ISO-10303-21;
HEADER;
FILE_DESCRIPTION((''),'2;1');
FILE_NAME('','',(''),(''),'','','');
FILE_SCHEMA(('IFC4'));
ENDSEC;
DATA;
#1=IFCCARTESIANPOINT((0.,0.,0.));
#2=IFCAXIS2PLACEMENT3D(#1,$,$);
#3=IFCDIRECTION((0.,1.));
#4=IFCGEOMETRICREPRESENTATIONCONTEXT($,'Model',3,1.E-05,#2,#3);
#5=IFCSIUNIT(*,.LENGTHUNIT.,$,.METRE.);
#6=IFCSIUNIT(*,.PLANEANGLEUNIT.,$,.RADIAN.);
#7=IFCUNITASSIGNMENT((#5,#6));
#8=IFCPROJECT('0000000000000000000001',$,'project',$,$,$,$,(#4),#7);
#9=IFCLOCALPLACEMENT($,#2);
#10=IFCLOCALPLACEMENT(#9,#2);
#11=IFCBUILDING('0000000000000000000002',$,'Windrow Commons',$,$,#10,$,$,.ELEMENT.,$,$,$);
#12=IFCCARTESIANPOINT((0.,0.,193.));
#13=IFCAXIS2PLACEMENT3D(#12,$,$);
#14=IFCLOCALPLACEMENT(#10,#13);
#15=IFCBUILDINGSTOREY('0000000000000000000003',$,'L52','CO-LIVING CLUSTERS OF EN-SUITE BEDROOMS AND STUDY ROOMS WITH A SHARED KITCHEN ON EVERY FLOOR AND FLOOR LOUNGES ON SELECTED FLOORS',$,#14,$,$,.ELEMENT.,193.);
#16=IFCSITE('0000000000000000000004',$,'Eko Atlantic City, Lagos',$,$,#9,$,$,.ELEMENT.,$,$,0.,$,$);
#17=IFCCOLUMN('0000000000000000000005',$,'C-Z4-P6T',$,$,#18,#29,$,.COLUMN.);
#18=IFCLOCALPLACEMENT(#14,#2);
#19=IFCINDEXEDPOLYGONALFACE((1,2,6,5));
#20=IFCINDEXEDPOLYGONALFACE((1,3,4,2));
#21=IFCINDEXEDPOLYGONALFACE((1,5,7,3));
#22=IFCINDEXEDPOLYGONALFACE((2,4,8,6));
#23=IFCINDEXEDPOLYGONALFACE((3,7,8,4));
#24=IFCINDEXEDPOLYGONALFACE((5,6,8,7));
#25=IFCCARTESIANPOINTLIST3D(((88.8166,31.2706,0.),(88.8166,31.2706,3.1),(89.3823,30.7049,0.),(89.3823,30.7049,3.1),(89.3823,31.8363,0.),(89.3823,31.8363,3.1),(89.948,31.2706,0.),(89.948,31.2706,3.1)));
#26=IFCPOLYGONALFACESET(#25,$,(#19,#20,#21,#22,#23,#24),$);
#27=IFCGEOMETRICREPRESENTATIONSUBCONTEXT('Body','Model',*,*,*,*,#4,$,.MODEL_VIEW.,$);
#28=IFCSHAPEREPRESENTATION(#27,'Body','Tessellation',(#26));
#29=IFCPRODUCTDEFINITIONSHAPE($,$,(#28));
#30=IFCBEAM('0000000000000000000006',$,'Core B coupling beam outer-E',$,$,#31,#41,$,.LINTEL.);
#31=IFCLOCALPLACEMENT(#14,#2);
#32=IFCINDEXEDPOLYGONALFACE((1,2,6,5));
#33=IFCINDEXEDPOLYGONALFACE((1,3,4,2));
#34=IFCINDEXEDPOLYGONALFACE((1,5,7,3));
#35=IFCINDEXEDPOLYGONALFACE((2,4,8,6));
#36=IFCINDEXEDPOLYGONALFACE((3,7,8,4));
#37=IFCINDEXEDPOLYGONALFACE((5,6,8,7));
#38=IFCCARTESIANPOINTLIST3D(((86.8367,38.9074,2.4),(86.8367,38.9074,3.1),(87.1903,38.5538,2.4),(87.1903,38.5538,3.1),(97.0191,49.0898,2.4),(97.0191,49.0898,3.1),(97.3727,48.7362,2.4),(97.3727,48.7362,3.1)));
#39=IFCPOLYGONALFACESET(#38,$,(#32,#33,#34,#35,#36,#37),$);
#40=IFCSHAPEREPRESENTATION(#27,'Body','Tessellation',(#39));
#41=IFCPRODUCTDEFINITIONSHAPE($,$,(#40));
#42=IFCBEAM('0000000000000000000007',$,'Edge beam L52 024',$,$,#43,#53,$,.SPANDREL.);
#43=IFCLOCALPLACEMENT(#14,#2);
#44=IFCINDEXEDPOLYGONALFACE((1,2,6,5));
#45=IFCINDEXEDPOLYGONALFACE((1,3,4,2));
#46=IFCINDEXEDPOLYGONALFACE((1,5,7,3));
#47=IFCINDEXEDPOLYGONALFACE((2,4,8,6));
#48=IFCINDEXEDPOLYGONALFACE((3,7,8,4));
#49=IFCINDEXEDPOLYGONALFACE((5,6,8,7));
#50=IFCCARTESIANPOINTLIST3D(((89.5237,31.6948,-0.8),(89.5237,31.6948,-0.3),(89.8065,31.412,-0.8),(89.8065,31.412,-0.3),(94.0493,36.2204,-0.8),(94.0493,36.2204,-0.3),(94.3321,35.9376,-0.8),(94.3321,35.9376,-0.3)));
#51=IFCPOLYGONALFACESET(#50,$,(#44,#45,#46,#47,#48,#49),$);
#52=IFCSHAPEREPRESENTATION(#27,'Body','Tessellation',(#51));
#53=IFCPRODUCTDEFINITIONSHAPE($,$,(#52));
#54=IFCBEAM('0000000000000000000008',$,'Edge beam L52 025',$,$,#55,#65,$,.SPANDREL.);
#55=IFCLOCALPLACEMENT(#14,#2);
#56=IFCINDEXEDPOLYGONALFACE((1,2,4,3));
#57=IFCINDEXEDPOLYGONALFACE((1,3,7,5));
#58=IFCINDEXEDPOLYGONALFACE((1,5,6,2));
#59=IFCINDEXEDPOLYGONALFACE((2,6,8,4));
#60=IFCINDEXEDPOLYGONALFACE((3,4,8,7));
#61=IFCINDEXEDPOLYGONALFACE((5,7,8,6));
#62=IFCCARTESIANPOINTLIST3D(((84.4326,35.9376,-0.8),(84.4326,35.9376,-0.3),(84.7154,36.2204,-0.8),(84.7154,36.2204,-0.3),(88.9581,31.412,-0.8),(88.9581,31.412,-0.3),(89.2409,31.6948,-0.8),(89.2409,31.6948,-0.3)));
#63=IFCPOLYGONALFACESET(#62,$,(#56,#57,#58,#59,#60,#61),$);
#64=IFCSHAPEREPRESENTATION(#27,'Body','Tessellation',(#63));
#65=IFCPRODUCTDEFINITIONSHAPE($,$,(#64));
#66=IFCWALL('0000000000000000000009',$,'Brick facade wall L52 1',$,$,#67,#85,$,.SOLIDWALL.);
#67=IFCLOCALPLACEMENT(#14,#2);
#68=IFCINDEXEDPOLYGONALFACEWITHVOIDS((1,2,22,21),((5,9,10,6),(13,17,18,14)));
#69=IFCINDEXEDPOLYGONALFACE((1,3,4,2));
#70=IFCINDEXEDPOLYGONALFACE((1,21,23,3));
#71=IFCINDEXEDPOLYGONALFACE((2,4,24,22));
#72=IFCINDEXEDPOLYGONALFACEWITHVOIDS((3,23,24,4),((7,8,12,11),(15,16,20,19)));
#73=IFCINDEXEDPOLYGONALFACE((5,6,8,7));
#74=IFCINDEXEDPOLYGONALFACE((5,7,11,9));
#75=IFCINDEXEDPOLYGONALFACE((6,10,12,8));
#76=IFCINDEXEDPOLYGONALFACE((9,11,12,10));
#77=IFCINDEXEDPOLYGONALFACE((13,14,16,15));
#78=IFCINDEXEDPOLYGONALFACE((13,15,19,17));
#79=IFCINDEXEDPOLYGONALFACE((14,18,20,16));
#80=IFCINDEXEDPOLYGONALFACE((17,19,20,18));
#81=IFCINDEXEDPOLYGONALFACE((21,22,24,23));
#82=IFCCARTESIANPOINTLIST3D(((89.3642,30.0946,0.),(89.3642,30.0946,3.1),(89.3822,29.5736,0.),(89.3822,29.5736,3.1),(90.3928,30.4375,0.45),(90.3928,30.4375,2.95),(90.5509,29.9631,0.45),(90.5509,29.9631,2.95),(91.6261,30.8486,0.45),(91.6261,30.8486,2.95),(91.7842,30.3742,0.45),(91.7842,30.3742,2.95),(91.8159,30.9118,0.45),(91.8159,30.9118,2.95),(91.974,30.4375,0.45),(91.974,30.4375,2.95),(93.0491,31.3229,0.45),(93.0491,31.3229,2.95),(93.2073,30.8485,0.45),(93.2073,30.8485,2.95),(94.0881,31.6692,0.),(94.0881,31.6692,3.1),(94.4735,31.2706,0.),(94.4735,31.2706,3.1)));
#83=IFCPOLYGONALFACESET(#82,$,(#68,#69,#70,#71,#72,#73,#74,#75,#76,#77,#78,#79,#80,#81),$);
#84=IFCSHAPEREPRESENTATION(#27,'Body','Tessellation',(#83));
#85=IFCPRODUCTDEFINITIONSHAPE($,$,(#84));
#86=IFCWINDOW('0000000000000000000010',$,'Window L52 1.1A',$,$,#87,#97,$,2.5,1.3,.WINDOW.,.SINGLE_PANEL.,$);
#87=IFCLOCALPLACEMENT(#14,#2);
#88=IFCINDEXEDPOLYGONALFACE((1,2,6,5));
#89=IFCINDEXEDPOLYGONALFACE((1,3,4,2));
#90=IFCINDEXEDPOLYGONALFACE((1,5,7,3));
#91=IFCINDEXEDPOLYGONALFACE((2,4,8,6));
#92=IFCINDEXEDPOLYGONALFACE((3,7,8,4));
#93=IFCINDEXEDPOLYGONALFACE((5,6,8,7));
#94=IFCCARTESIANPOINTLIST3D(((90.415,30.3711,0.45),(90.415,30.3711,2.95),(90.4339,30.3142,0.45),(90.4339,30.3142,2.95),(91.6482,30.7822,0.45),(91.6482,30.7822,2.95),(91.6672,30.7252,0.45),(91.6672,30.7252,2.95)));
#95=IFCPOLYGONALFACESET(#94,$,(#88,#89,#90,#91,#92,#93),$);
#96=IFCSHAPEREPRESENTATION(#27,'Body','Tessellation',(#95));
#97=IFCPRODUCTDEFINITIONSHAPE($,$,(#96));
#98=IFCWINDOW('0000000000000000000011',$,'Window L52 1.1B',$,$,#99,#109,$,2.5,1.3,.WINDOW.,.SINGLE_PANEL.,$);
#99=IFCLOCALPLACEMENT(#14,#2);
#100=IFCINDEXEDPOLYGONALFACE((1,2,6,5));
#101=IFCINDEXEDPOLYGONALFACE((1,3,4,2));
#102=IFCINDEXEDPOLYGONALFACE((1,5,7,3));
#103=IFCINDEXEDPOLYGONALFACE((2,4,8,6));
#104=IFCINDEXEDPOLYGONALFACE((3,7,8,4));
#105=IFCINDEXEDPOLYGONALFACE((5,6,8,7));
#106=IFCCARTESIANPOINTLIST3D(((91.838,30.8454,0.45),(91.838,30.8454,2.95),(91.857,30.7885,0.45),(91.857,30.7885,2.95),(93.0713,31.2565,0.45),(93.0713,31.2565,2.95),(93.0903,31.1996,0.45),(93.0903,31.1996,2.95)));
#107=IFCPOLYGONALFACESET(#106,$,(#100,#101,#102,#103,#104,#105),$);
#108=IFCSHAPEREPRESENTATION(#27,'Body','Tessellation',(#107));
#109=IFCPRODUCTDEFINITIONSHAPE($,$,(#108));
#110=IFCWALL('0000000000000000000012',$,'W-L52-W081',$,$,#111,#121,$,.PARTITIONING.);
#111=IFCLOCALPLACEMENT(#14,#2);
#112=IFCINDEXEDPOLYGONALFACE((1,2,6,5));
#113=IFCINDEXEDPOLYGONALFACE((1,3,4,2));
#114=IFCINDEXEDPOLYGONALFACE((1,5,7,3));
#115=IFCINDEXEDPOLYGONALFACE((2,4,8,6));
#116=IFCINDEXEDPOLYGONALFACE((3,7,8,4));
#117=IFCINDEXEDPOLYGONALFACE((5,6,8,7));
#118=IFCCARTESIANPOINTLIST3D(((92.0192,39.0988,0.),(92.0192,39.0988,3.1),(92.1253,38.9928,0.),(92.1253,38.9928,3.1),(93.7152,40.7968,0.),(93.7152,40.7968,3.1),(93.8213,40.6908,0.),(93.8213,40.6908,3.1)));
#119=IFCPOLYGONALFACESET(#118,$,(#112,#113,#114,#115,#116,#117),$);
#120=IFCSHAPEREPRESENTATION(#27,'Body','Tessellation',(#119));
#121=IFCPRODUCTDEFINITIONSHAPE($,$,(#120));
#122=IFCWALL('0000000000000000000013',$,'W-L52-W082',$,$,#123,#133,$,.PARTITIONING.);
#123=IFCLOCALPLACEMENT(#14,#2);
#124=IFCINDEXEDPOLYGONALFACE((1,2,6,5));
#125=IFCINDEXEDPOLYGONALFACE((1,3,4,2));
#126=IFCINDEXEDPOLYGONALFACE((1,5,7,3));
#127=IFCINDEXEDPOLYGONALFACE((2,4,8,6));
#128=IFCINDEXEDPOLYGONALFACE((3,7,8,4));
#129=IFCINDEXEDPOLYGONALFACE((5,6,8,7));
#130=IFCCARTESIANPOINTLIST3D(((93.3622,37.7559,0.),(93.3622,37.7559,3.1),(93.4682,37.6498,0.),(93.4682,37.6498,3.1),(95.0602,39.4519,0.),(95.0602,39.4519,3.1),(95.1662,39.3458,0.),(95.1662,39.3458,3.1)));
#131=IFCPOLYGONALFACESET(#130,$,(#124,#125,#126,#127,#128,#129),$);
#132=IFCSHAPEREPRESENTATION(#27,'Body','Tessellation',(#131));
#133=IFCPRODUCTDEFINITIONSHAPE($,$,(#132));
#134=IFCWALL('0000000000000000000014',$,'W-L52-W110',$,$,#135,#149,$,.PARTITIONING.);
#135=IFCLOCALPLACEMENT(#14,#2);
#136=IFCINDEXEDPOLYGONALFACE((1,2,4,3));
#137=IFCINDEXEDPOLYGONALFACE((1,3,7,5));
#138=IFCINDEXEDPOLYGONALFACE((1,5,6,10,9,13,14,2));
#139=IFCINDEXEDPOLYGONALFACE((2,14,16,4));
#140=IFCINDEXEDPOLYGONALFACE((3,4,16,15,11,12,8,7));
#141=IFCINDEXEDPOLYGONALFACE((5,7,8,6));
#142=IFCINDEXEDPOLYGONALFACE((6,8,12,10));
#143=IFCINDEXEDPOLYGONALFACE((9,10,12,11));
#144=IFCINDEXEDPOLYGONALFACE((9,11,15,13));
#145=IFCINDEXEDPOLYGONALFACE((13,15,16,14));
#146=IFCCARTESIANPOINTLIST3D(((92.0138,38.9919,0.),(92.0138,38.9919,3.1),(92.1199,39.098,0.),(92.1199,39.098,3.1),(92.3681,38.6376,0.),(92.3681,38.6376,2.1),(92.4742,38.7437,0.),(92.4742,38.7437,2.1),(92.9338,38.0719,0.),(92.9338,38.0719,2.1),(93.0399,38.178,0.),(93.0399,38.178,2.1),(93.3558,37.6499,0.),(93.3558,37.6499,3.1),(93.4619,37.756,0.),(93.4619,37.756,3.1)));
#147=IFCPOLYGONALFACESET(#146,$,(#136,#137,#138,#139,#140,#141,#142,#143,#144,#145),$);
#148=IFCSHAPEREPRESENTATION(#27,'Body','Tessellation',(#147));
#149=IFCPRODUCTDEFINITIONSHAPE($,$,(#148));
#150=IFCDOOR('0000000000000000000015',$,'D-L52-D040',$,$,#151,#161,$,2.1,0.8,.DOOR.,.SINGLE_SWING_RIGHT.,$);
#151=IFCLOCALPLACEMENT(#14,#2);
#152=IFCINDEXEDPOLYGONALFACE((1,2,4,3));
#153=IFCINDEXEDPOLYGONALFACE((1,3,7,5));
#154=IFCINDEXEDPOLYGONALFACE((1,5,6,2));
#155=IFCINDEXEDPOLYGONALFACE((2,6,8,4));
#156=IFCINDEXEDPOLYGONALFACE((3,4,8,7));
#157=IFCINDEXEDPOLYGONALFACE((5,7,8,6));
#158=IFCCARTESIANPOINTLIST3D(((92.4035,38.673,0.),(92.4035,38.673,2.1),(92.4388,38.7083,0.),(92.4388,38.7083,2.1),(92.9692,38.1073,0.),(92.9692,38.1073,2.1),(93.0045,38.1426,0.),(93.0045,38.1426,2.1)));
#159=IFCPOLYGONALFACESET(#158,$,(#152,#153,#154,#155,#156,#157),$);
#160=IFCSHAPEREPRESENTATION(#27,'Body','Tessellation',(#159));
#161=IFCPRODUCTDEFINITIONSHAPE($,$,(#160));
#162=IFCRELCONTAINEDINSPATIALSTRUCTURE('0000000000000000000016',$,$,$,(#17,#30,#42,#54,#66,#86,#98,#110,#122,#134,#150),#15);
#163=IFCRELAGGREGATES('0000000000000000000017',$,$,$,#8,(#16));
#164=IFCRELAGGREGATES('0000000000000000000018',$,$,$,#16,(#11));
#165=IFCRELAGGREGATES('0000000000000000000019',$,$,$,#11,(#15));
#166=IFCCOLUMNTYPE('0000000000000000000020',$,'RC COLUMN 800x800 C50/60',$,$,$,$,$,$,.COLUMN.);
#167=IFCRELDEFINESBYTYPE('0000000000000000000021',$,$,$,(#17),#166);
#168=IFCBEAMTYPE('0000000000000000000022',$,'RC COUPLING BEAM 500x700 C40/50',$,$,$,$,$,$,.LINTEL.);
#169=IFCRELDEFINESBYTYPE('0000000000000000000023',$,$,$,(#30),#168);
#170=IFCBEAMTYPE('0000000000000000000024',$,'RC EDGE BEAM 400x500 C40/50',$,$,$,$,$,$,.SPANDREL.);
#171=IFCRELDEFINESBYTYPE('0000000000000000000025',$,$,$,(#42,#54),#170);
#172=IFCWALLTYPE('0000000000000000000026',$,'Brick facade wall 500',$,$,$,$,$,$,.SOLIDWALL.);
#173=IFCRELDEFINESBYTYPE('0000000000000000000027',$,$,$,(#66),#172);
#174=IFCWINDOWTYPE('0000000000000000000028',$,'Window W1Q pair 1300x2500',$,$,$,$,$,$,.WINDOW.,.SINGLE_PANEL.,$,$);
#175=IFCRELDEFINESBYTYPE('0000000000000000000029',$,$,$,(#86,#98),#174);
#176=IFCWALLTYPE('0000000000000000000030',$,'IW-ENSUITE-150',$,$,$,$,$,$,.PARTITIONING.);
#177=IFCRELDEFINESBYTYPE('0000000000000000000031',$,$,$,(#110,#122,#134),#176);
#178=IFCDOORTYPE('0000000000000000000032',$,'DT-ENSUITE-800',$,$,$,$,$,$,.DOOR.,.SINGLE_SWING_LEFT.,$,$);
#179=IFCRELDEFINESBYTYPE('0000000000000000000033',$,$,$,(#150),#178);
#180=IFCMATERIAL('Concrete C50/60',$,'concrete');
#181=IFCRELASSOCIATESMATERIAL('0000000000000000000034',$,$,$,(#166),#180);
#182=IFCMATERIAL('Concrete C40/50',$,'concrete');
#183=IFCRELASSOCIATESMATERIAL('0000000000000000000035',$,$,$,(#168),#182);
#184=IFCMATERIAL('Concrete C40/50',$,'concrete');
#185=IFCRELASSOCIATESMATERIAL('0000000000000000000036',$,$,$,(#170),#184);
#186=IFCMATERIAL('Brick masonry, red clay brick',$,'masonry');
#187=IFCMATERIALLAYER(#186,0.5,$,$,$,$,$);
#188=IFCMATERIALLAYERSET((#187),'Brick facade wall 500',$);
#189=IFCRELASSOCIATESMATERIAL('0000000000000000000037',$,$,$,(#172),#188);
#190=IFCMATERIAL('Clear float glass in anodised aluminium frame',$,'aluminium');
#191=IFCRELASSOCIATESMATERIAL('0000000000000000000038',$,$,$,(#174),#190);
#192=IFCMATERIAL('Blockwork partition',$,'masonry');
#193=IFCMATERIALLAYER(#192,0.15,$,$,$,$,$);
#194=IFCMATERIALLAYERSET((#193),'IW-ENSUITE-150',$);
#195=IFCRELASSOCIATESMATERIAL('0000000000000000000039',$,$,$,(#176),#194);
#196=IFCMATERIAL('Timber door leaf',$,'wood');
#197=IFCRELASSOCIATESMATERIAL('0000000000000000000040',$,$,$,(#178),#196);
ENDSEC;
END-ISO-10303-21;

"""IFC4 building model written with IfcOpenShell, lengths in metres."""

from ifc_helpers import new_model, si_unit, direction, frame, frame_2d, origin, origin_2d, place, context, subcontext, project, spatial, polyline, rectangle, outline, extrude, material, layer, layer_set, material_profile, profile_set, type_object, element, fill, save


model = new_model("IFC4")

# Units and contexts
model_context = context("Model", 3, precision=1e-05, world=origin(), true_north=direction((0.0, 1.0)))
body_context = subcontext(model_context, "Body", "Model", "MODEL_VIEW")
ifc_project = project(units=[si_unit("LENGTHUNIT", "METRE"), si_unit("PLANEANGLEUNIT", "RADIAN")], contexts=[model_context])

# Site, building, storey
site_placement = place(None, origin())
site = spatial("IfcSite", under=ifc_project, at=site_placement, Name="Eko Atlantic City, Lagos", CompositionType="ELEMENT", RefElevation=0.0)
building_placement = place(site_placement, origin())
building = spatial("IfcBuilding", under=site, at=building_placement, Name="Windrow Commons", CompositionType="ELEMENT")
storey_placement = place(building_placement, frame((0.0, 0.0, 193.0)))
storey = spatial("IfcBuildingStorey", under=building, at=storey_placement, Name="L52", Description="CO-LIVING CLUSTERS OF EN-SUITE BEDROOMS AND STUDY ROOMS WITH A SHARED KITCHEN ON EVERY FLOOR AND FLOOR LOUNGES ON SELECTED FLOORS", CompositionType="ELEMENT", Elevation=193.0)

# Column
ifc_material_1 = material(Name="Concrete C50/60", Category="concrete")
ifc_material_profile_1 = material_profile(ifc_material_1, rectangle(XDim=0.8, YDim=0.8, at=origin_2d()))
ifc_profile_set_1 = profile_set([ifc_material_profile_1], Name="Concrete C50/60")
column_type = type_object("IfcColumnType", Name="RC COLUMN 800x800 C50/60", PredefinedType="COLUMN", material=ifc_profile_set_1)
column_placement = place(storey_placement, frame((89.3823, 31.2706, 0.0), z_axis=(0.0, 0.0, 1.0), x_axis=(0.707107, -0.707107, 0.0)))
element("IfcColumn", 1, at=column_placement, inside=storey, type_object=column_type, Name="C-Z4-P6T", PredefinedType="COLUMN", context=body_context, shape_type="SweptSolid", body=[
    extrude(rectangle(XDim=0.8, YDim=0.8, at=origin_2d()), origin(), (0.0, 0.0, 1.0), 3.1),
])

# Beams
ifc_material_2 = material(Name="Concrete C40/50", Category="concrete")
ifc_material_profile_2 = material_profile(ifc_material_2, rectangle(XDim=0.5, YDim=0.7, at=origin_2d()))
ifc_profile_set_2 = profile_set([ifc_material_profile_2], Name="Concrete C40/50")
beam_type_1 = type_object("IfcBeamType", Name="RC COUPLING BEAM 500x700 C40/50", PredefinedType="LINTEL", material=ifc_profile_set_2)
beam_1_placement = place(storey_placement, frame((87.0135, 38.7306, 2.75), z_axis=(0.707107, 0.707107, 0.0), x_axis=(-0.707107, 0.707107, 0.0)))
element("IfcBeam", 2, at=beam_1_placement, inside=storey, type_object=beam_type_1, Name="Core B coupling beam outer-E", PredefinedType="LINTEL", context=body_context, shape_type="SweptSolid", body=[
    extrude(rectangle(XDim=0.5, YDim=0.7, at=origin_2d()), origin(), (0.0, 0.0, 1.0), 14.4001),
])
ifc_material_3 = material(Name="Concrete C40/50", Category="concrete")
ifc_material_profile_3 = material_profile(ifc_material_3, rectangle(XDim=0.4, YDim=0.5, at=origin_2d()))
ifc_profile_set_3 = profile_set([ifc_material_profile_3], Name="Concrete C40/50")
beam_type_2 = type_object("IfcBeamType", Name="RC EDGE BEAM 400x500 C40/50", PredefinedType="SPANDREL", material=ifc_profile_set_3)
beam_2_placement = place(storey_placement, frame((94.1907, 36.079, -0.55), z_axis=(-0.707107, -0.707107, 0.0), x_axis=(0.707107, -0.707107, 0.0)))
element("IfcBeam", 3, at=beam_2_placement, inside=storey, type_object=beam_type_2, Name="Edge beam L52 024", PredefinedType="SPANDREL", context=body_context, shape_type="SweptSolid", body=[
    extrude(rectangle(XDim=0.4, YDim=0.5, at=origin_2d()), origin(), (0.0, 0.0, 1.0), 6.4002),
])
beam_3_placement = place(storey_placement, frame((89.0995, 31.5534, -0.55), z_axis=(-0.707099, 0.707115, 0.0), x_axis=(-0.707115, -0.707099, 0.0)))
element("IfcBeam", 4, at=beam_3_placement, inside=storey, type_object=beam_type_2, Name="Edge beam L52 025", PredefinedType="SPANDREL", context=body_context, shape_type="SweptSolid", body=[
    extrude(rectangle(XDim=0.4, YDim=0.5, at=origin_2d()), origin(), (0.0, 0.0, 1.0), 6.4001),
])

# Wall, openings, windows
ifc_material_4 = material(Name="Brick masonry, red clay brick", Category="masonry")
ifc_layer_1 = layer(ifc_material_4, 0.5)
ifc_layer_set_1 = layer_set([ifc_layer_1], Name="Brick facade wall 500")
wall_type_1 = type_object("IfcWallType", Name="Brick facade wall 500", PredefinedType="SOLIDWALL", material=ifc_layer_set_1)
wall_1_placement = place(storey_placement, frame((89.3732, 29.8341, 0.0), z_axis=(0.0, 0.0, 1.0), x_axis=(0.948687, 0.316216, 0.0)))
wall_1 = element("IfcWall", 5, at=wall_1_placement, inside=storey, type_object=wall_type_1, Name="Brick facade wall L52 1", PredefinedType="SOLIDWALL", context=body_context, shape_type="SweptSolid", body=[
    extrude(outline(polyline([(-0.0738, -0.25), (5.2928, -0.25), (5.0533, 0.25), (0.0738, 0.25), (-0.0738, -0.25)])), origin(), (0.0, 0.0, 1.0), 3.1),
])
opening_1_placement = place(wall_1_placement, frame((1.1581, 0.0, 0.45)))
opening_1 = element("IfcOpeningElement", 6, at=opening_1_placement, cuts=wall_1, PredefinedType="OPENING", context=body_context, shape_type="SweptSolid", body=[
    extrude(rectangle(XDim=1.3, YDim=2.5, at=frame_2d((0.65, 1.25))), frame((0.0, 0.26, 0.0), z_axis=(0.0, -1.0, 0.0), x_axis=(1.0, 0.0, 0.0)), (0.0, 0.0, 1.0), 0.52),
])
opening_2_placement = place(wall_1_placement, frame((2.6581, 0.0, 0.45)))
opening_2 = element("IfcOpeningElement", 7, at=opening_2_placement, cuts=wall_1, PredefinedType="OPENING", context=body_context, shape_type="SweptSolid", body=[
    extrude(rectangle(XDim=1.3, YDim=2.5, at=frame_2d((0.65, 1.25))), frame((0.0, 0.26, 0.0), z_axis=(0.0, -1.0, 0.0), x_axis=(1.0, 0.0, 0.0)), (0.0, 0.0, 1.0), 0.52),
])
ifc_material_5 = material(Name="Clear float glass in anodised aluminium frame", Category="aluminium")
window_type = type_object("IfcWindowType", Name="Window W1Q pair 1300x2500", PartitioningType="SINGLE_PANEL", PredefinedType="WINDOW", material=ifc_material_5)
window_1_placement = place(opening_1_placement, origin())
window_1 = element("IfcWindow", 8, at=window_1_placement, inside=storey, type_object=window_type, Name="Window L52 1.1A", OverallHeight=2.5, OverallWidth=1.3, PartitioningType="SINGLE_PANEL", PredefinedType="WINDOW", context=body_context, shape_type="SweptSolid", body=[
    extrude(rectangle(XDim=1.3, YDim=2.5, at=frame_2d((0.65, 1.25))), frame((0.0, 0.18, 0.0), z_axis=(0.0, -1.0, 0.0), x_axis=(1.0, 0.0, 0.0)), (0.0, 0.0, 1.0), 0.06),
])
fill(opening_1, window_1)
window_2_placement = place(opening_2_placement, origin())
window_2 = element("IfcWindow", 9, at=window_2_placement, inside=storey, type_object=window_type, Name="Window L52 1.1B", OverallHeight=2.5, OverallWidth=1.3, PartitioningType="SINGLE_PANEL", PredefinedType="WINDOW", context=body_context, shape_type="SweptSolid", body=[
    extrude(rectangle(XDim=1.3, YDim=2.5, at=frame_2d((0.65, 1.25))), frame((0.0, 0.18, 0.0), z_axis=(0.0, -1.0, 0.0), x_axis=(1.0, 0.0, 0.0)), (0.0, 0.0, 1.0), 0.06),
])
fill(opening_2, window_2)

# Walls
ifc_material_6 = material(Name="Blockwork partition", Category="masonry")
ifc_layer_2 = layer(ifc_material_6, 0.15)
ifc_layer_set_2 = layer_set([ifc_layer_2], Name="IW-ENSUITE-150")
wall_type_2 = type_object("IfcWallType", Name="IW-ENSUITE-150", PredefinedType="PARTITIONING", material=ifc_layer_set_2)
for number, where, z_axis, x_axis, name in (
    (10, (92.0722, 39.0458, 0.0), (0.0, 0.0, 1.0), (0.70669, 0.707523, 0.0), "W-L52-W081"),
    (11, (93.4152, 37.7028, 0.0), (0.0, 0.0, 1.0), (0.707523, 0.70669, 0.0), "W-L52-W082"),
):
    element("IfcWall", number, at=place(storey_placement, frame(where, z_axis=z_axis, x_axis=x_axis)), inside=storey, type_object=wall_type_2, Name=name, PredefinedType="PARTITIONING", context=body_context, shape_type="SweptSolid", body=[
        extrude(rectangle(XDim=2.3999, YDim=0.15, at=frame_2d((1.2, 0.0))), origin(), (0.0, 0.0, 1.0), 3.1),
    ])

# Wall, opening, door
wall_2_placement = place(storey_placement, frame((92.0669, 39.0449, 0.0), z_axis=(0.0, 0.0, 1.0), x_axis=(0.707107, -0.707107, 0.0)))
wall_2 = element("IfcWall", 12, at=wall_2_placement, inside=storey, type_object=wall_type_2, Name="W-L52-W110", PredefinedType="PARTITIONING", context=body_context, shape_type="SweptSolid", body=[
    extrude(rectangle(XDim=1.8979, YDim=0.15, at=frame_2d((0.9489, 0.0))), origin(), (0.0, 0.0, 1.0), 3.1),
])
opening_3_placement = place(wall_2_placement, frame((0.501, 0.0, 0.0)))
opening_3 = element("IfcOpeningElement", 13, at=opening_3_placement, cuts=wall_2, PredefinedType="OPENING", context=body_context, shape_type="SweptSolid", body=[
    extrude(rectangle(XDim=0.8, YDim=2.1, at=frame_2d((0.4, 1.05))), frame((0.0, 0.085, 0.0), z_axis=(0.0, -1.0, 0.0), x_axis=(1.0, 0.0, 0.0)), (0.0, 0.0, 1.0), 0.17),
])
ifc_material_7 = material(Name="Timber door leaf", Category="wood")
door_type_1 = type_object("IfcDoorType", Name="DT-ENSUITE-800", OperationType="SINGLE_SWING_LEFT", PredefinedType="DOOR", material=ifc_material_7)
door_1_placement = place(opening_3_placement, origin())
door_1 = element("IfcDoor", 14, at=door_1_placement, inside=storey, type_object=door_type_1, Name="D-L52-D040", OperationType="SINGLE_SWING_RIGHT", OverallHeight=2.1, OverallWidth=0.8, PredefinedType="DOOR", context=body_context, shape_type="SweptSolid", body=[
    extrude(rectangle(XDim=0.8, YDim=2.1, at=frame_2d((0.4, 1.05))), frame((0.0, 0.025, 0.0), z_axis=(0.0, -1.0, 0.0), x_axis=(1.0, 0.0, 0.0)), (0.0, 0.0, 1.0), 0.05),
])
fill(opening_3, door_1)

save(model, "model.ifc")
